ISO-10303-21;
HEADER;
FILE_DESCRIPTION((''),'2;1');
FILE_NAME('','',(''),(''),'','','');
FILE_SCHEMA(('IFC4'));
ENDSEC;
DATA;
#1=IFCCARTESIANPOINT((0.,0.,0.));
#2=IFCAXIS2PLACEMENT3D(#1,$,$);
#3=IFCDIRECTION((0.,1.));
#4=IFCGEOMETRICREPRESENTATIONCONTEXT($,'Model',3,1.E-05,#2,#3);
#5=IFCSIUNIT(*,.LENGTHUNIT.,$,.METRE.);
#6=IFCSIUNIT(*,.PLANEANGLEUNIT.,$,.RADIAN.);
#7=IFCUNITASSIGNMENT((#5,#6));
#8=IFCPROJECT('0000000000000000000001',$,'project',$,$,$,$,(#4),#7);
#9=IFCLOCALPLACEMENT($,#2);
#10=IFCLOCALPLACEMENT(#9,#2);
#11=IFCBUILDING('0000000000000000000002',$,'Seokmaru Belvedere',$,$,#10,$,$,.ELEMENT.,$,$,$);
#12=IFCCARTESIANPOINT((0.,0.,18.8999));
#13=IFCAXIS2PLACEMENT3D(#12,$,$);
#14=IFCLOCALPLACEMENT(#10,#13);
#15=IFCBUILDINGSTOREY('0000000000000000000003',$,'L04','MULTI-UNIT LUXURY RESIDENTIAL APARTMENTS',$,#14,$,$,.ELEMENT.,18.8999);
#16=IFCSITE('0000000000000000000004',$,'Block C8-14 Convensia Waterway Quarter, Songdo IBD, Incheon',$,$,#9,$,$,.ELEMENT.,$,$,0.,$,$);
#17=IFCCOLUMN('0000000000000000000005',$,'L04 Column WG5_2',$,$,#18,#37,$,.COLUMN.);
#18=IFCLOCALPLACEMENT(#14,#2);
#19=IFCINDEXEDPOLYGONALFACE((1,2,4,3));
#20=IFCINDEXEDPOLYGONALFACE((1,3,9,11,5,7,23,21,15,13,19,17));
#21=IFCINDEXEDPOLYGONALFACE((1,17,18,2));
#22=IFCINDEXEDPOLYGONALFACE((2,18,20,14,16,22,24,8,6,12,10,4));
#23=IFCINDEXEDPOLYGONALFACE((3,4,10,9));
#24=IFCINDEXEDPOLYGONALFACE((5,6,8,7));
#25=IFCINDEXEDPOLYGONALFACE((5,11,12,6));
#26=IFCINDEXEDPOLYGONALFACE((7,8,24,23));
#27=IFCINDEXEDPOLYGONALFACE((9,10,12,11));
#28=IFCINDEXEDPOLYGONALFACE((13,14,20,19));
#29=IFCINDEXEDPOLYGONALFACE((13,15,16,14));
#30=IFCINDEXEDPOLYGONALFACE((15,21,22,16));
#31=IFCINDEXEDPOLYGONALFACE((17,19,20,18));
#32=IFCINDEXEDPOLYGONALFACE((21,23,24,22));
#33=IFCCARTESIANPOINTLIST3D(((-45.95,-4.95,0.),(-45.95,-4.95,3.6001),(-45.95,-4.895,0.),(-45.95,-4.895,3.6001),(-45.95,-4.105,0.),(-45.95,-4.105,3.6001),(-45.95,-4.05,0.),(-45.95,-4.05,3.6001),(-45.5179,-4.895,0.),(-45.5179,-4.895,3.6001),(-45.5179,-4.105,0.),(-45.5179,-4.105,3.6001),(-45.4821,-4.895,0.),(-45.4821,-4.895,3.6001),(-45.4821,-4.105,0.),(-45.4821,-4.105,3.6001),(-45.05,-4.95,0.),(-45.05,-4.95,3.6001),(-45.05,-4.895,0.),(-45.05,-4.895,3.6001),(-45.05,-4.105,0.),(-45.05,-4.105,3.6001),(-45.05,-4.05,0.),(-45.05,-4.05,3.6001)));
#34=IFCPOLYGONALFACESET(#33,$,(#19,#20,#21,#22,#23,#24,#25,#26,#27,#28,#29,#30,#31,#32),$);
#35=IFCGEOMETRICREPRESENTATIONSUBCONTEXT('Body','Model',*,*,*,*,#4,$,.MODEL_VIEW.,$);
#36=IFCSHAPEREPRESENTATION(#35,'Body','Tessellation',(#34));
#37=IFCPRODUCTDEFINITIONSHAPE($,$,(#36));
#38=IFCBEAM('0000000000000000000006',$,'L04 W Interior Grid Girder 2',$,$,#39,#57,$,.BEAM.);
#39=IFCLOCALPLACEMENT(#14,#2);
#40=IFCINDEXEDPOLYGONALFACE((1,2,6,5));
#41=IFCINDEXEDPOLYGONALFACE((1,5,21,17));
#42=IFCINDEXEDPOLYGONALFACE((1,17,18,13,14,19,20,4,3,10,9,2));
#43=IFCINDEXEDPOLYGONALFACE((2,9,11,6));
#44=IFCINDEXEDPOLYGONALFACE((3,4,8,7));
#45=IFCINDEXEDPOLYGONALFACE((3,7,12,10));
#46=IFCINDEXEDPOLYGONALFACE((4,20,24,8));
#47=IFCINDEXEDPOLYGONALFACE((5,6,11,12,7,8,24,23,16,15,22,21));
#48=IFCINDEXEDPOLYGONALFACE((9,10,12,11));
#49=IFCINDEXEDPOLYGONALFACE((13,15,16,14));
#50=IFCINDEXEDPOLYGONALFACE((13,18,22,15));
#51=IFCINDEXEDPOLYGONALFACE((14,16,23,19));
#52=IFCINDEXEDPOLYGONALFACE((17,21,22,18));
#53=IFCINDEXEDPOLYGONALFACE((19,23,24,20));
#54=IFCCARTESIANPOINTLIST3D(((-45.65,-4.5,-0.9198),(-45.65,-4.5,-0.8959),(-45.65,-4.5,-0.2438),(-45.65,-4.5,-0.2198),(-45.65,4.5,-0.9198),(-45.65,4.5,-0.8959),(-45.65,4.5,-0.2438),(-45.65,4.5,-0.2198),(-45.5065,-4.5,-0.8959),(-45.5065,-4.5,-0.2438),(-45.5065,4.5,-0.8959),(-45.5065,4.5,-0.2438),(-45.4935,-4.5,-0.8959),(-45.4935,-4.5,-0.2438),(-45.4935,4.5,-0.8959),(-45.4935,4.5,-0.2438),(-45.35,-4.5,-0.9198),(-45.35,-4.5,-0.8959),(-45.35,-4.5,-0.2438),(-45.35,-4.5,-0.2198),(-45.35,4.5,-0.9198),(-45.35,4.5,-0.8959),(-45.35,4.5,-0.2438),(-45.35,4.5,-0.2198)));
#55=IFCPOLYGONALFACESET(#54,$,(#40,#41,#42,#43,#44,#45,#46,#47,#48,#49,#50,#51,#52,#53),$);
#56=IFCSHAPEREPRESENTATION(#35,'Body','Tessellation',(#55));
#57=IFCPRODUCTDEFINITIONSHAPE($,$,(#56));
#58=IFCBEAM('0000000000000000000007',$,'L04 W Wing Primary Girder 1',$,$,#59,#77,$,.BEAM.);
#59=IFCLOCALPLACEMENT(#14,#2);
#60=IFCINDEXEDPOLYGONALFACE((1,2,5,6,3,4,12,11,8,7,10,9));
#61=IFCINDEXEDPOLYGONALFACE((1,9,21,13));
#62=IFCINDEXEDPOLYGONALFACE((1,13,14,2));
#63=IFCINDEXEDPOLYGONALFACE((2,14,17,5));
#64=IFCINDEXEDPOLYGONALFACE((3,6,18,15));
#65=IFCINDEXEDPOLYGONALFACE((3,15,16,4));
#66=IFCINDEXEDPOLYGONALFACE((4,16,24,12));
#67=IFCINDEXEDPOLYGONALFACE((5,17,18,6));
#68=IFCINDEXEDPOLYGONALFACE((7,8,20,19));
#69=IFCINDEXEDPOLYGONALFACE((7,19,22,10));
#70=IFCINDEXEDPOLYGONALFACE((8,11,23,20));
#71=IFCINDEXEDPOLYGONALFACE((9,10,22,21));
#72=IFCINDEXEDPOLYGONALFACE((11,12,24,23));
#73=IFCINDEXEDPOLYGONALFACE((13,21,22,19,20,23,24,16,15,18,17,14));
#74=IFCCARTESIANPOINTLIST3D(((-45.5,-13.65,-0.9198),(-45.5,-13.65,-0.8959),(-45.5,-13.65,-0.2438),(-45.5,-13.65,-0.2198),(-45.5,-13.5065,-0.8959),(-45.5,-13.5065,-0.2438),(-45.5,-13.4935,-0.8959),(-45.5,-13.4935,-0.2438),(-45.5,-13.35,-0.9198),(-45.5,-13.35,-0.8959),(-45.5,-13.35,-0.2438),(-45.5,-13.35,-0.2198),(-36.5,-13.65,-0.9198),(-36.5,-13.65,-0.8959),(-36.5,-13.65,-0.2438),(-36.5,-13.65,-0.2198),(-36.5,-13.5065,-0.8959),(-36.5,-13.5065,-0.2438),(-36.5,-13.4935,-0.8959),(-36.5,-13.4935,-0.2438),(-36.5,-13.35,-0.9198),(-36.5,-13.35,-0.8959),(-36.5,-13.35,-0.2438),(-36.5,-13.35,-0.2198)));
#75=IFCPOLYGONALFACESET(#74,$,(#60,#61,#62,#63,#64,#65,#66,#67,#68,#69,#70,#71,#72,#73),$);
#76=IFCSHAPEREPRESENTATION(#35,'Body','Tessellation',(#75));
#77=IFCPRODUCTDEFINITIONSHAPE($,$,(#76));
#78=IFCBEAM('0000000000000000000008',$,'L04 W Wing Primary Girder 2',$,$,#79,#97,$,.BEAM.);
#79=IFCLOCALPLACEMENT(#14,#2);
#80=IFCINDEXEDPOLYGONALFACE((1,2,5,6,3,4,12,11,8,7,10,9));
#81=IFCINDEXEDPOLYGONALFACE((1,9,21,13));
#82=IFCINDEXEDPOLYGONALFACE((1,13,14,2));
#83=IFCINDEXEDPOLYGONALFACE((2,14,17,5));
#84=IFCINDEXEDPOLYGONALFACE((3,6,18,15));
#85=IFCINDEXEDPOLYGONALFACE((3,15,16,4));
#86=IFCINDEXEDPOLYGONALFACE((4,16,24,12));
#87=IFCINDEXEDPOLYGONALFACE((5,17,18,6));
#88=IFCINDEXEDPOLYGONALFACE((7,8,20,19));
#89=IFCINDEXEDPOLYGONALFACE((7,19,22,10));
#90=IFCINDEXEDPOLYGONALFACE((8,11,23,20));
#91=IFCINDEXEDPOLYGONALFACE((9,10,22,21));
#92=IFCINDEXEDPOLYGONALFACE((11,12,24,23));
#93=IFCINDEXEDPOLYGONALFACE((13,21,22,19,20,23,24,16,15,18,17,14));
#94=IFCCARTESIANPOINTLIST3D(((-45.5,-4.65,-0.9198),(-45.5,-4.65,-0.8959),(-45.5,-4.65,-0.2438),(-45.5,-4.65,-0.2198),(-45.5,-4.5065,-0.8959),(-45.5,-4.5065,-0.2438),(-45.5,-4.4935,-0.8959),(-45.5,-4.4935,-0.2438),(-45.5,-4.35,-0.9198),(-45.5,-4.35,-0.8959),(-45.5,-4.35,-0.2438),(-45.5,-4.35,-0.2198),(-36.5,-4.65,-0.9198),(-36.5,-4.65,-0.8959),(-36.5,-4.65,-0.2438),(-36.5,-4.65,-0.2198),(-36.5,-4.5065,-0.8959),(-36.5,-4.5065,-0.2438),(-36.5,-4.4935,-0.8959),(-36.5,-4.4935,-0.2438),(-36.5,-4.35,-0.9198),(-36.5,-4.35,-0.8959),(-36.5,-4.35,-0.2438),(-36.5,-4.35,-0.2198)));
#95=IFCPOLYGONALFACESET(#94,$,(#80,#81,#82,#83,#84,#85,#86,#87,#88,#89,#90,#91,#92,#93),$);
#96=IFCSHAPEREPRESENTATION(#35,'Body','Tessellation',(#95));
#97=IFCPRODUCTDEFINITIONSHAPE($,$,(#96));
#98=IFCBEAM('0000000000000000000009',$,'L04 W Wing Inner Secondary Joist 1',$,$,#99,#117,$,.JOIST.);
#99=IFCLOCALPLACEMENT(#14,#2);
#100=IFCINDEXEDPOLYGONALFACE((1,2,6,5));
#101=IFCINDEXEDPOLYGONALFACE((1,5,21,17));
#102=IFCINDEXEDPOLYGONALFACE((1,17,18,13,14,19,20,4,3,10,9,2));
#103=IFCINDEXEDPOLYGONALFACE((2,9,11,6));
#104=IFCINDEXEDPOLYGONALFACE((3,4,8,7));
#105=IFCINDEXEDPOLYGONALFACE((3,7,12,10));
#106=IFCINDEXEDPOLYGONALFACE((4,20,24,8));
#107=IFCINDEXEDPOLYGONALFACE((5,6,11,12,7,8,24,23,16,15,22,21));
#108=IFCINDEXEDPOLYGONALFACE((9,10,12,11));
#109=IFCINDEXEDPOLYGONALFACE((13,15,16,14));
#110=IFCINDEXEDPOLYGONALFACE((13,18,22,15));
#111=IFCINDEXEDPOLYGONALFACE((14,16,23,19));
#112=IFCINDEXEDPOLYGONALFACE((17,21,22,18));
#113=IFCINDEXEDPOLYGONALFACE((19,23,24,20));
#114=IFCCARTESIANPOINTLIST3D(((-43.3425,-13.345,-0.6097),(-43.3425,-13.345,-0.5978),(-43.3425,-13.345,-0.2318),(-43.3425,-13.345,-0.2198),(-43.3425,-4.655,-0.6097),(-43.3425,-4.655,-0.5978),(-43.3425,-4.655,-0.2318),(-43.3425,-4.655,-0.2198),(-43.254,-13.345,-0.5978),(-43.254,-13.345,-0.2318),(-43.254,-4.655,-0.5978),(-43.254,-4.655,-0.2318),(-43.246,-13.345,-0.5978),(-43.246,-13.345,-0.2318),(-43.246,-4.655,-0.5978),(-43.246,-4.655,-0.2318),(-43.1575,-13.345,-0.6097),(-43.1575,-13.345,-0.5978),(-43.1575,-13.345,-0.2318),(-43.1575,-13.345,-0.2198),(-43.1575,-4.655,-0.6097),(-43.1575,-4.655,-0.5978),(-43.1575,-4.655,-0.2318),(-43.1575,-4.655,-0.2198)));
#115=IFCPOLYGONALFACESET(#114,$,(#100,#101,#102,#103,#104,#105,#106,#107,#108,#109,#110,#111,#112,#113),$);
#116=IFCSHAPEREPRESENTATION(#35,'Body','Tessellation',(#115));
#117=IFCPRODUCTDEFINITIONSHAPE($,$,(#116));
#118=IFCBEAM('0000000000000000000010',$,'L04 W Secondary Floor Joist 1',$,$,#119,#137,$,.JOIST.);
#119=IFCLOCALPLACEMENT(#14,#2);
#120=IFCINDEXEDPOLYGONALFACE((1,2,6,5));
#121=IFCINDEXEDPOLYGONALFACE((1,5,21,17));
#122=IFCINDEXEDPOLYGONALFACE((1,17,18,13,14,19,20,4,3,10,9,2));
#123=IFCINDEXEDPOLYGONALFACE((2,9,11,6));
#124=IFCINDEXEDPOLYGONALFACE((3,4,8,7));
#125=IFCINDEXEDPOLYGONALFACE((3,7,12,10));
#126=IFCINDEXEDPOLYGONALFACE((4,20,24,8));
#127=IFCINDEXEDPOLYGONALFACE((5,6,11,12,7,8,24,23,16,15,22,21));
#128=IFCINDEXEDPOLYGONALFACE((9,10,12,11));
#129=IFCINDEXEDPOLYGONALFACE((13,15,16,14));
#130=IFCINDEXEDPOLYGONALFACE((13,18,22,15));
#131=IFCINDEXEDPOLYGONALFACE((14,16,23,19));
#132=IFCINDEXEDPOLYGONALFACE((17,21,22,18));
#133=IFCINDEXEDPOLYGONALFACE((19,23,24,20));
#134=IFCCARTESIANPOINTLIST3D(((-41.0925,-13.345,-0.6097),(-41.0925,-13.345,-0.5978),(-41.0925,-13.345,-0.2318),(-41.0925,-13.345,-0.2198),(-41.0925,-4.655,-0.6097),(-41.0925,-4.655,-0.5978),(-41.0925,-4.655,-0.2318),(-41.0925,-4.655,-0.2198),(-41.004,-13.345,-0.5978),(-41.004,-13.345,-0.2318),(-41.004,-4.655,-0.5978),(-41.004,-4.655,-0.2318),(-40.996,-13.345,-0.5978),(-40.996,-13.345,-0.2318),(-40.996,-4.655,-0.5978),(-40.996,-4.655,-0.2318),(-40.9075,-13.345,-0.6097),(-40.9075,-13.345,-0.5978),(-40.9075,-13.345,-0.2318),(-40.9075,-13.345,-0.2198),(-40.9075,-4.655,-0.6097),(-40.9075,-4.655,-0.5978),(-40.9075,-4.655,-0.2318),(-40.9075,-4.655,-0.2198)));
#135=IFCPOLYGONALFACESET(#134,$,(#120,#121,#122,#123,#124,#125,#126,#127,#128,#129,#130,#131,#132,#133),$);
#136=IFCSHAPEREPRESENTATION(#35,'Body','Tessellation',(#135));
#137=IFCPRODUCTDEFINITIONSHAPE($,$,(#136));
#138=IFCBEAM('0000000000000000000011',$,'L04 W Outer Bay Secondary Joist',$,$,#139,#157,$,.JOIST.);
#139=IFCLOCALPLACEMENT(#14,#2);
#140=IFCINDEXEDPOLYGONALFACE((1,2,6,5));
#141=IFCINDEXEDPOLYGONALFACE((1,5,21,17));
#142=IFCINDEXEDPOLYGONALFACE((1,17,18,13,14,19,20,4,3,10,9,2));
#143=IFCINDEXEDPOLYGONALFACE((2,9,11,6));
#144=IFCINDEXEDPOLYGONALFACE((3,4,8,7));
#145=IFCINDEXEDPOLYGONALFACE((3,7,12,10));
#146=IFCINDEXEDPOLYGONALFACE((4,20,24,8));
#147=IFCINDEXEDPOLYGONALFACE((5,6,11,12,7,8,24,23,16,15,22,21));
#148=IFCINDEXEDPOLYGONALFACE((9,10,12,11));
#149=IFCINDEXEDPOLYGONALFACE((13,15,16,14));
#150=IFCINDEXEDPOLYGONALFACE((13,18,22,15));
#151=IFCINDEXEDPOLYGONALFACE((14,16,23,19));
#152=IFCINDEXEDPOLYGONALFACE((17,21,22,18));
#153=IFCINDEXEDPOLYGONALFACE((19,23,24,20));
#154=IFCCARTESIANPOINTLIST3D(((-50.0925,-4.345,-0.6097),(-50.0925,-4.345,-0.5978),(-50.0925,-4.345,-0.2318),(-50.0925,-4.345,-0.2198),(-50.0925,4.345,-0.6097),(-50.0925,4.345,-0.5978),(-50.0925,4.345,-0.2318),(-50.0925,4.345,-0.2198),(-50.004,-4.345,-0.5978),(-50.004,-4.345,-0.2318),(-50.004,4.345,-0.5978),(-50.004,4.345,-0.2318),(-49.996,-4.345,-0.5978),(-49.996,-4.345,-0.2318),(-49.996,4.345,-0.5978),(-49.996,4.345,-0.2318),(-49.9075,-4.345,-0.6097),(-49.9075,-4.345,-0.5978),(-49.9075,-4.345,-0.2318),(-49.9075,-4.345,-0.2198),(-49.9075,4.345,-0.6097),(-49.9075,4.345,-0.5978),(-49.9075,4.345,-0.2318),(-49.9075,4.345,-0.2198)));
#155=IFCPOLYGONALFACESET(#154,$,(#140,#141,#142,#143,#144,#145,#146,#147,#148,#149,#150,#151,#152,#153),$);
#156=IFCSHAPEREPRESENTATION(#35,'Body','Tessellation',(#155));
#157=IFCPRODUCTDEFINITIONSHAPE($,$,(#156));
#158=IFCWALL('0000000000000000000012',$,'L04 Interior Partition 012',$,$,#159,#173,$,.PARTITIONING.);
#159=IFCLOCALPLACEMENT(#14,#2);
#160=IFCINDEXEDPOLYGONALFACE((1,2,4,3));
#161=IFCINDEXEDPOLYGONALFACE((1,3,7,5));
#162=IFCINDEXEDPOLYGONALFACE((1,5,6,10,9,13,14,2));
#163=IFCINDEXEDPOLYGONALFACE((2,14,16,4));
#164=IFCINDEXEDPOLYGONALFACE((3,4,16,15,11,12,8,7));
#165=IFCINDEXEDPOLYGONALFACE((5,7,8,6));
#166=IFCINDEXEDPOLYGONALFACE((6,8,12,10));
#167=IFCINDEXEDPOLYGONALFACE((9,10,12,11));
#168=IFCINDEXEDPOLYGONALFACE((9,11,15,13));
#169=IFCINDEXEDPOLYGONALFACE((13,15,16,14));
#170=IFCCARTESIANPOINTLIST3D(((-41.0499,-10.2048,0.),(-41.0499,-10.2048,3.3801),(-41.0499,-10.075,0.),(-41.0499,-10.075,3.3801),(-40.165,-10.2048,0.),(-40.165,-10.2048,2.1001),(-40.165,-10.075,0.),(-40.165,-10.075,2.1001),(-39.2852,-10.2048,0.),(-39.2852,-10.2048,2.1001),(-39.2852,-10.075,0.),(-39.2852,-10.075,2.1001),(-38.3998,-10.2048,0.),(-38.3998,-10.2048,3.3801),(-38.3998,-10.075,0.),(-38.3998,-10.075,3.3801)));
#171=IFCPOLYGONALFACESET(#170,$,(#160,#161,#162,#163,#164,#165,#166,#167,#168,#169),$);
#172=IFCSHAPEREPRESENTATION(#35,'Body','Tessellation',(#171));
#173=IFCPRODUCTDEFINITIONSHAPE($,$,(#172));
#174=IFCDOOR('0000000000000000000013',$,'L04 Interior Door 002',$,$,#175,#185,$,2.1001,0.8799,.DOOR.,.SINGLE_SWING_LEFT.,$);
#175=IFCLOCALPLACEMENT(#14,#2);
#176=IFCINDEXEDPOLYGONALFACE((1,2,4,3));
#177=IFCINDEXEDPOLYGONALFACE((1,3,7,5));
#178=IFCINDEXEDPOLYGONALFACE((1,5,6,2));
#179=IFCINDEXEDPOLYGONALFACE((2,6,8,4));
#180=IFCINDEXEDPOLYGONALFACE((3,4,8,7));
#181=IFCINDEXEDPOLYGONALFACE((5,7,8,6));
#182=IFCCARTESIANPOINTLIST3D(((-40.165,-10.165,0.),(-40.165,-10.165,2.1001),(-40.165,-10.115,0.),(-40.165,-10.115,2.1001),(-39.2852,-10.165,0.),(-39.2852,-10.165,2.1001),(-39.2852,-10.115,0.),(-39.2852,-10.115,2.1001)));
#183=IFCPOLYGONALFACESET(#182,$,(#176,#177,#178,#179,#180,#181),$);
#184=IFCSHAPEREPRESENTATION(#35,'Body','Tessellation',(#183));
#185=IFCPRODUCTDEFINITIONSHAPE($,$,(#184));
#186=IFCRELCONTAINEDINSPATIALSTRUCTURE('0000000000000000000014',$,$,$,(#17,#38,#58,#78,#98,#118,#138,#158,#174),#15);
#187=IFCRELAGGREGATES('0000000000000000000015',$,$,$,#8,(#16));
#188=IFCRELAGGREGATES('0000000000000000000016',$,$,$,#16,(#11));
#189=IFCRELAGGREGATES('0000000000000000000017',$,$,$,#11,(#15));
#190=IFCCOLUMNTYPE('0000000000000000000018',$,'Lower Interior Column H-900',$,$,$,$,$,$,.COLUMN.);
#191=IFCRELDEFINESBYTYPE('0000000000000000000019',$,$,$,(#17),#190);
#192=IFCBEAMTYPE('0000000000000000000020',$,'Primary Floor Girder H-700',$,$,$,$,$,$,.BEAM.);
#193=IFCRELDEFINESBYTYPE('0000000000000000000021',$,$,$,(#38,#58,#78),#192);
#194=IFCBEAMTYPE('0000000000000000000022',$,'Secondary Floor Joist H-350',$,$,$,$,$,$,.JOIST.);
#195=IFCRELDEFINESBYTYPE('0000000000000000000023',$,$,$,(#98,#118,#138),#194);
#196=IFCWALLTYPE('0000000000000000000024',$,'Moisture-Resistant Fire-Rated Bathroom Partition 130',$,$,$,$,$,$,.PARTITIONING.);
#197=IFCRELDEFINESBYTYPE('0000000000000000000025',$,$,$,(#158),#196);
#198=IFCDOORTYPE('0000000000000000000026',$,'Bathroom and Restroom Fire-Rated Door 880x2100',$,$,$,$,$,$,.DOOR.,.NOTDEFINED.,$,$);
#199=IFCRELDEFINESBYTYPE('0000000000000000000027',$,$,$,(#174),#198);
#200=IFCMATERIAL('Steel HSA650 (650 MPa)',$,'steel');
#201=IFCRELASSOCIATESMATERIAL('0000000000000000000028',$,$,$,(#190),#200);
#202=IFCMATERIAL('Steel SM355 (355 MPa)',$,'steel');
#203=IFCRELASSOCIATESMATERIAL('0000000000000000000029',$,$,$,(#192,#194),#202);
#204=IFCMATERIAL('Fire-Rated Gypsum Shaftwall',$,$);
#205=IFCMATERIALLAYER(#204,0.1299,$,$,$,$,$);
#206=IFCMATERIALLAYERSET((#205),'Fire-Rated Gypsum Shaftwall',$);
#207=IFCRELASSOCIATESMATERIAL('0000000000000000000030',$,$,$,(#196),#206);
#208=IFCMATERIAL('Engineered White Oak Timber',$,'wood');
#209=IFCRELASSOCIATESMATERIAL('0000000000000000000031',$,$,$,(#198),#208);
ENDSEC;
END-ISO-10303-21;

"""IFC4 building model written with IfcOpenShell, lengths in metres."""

from ifc_helpers import new_model, si_unit, direction, frame, frame_2d, origin, origin_2d, place, context, subcontext, project, spatial, rectangle, i_section, extrude, source, transform, mapped, material, layer, layer_set, material_profile, profile_set, type_object, type_shapes, element, fill, save


model = new_model("IFC4")

# Units and contexts
model_context = context("Model", 3, precision=1e-05, world=origin(), true_north=direction((0.0, 1.0)))
body_context = subcontext(model_context, "Body", "Model", "MODEL_VIEW")
ifc_project = project(units=[si_unit("LENGTHUNIT", "METRE"), si_unit("PLANEANGLEUNIT", "RADIAN")], contexts=[model_context])

# Site, building, storey
site_placement = place(None, origin())
site = spatial("IfcSite", under=ifc_project, at=site_placement, Name="Block C8-14 Convensia Waterway Quarter, Songdo IBD, Incheon", CompositionType="ELEMENT", RefElevation=0.0)
building_placement = place(site_placement, origin())
building = spatial("IfcBuilding", under=site, at=building_placement, Name="Seokmaru Belvedere", CompositionType="ELEMENT")
storey_placement = place(building_placement, frame((0.0, 0.0, 18.8999)))
storey = spatial("IfcBuildingStorey", under=building, at=storey_placement, Name="L04", Description="MULTI-UNIT LUXURY RESIDENTIAL APARTMENTS", CompositionType="ELEMENT", Elevation=18.8999)

# Column
ifc_material_1 = material(Name="Steel HSA650 (650 MPa)", Category="steel")
ifc_material_profile_1 = material_profile(ifc_material_1, i_section(OverallWidth=0.8999, OverallDepth=0.8999, WebThickness=0.0359, FlangeThickness=0.0549, at=origin_2d()), Name="H-900x900x36x55")
ifc_profile_set_1 = profile_set([ifc_material_profile_1], Name="Steel HSA650 (650 MPa)")
column_type = type_object("IfcColumnType", Name="Lower Interior Column H-900", PredefinedType="COLUMN", material=ifc_profile_set_1)
shared_shape_1 = source(origin(), body_context, "Body", "SweptSolid", [
    extrude(i_section(OverallWidth=0.8999, OverallDepth=0.8999, WebThickness=0.0359, FlangeThickness=0.0549, at=origin_2d()), origin(), (0.0, 0.0, 1.0), 3.6001),
])
type_shapes(column_type, [shared_shape_1])
column_placement = place(storey_placement, frame((-45.5, -4.5, 0.0), z_axis=(0.0, 0.0, 1.0), x_axis=(1.0, 0.0, 0.0)))
element("IfcColumn", 1, at=column_placement, inside=storey, type_object=column_type, Name="L04 Column WG5_2", PredefinedType="COLUMN", context=body_context, shape_type="MappedRepresentation", body=[
    mapped(shared_shape_1, transform((0.0, 0.0, 0.0), scale=1.0)),
])

# Beams
ifc_material_2 = material(Name="Steel SM355 (355 MPa)", Category="steel")
ifc_material_profile_2 = material_profile(ifc_material_2, i_section(OverallWidth=0.3, OverallDepth=0.7, WebThickness=0.0129, FlangeThickness=0.0239, at=origin_2d()), Name="H-700x300x13x24")
ifc_profile_set_2 = profile_set([ifc_material_profile_2], Name="Steel SM355 (355 MPa)")
beam_type_1 = type_object("IfcBeamType", Name="Primary Floor Girder H-700", PredefinedType="BEAM", material=ifc_profile_set_2)
shared_shape_2 = source(origin(), body_context, "Body", "SweptSolid", [
    extrude(i_section(OverallWidth=0.3, OverallDepth=0.7, WebThickness=0.0129, FlangeThickness=0.0239, at=origin_2d()), origin(), (0.0, 0.0, 1.0), 9.0),
])
type_shapes(beam_type_1, [shared_shape_2])
for number, where, z_axis, x_axis, name in (
    (2, (-45.5, -4.5, -0.5698), (0.0, 1.0, 0.0), (-1.0, 0.0, 0.0), "L04 W Interior Grid Girder 2"),
    (3, (-45.5, -13.5, -0.5698), (1.0, 0.0, 0.0), (0.0, 1.0, 0.0), "L04 W Wing Primary Girder 1"),
    (4, (-45.5, -4.5, -0.5698), (1.0, 0.0, 0.0), (0.0, 1.0, 0.0), "L04 W Wing Primary Girder 2"),
):
    element("IfcBeam", number, at=place(storey_placement, frame(where, z_axis=z_axis, x_axis=x_axis)), inside=storey, type_object=beam_type_1, Name=name, PredefinedType="BEAM", context=body_context, shape_type="MappedRepresentation", body=[
        mapped(shared_shape_2, transform((0.0, 0.0, 0.0), scale=1.0)),
    ])
ifc_material_profile_3 = material_profile(ifc_material_2, i_section(OverallWidth=0.1851, OverallDepth=0.3899, WebThickness=0.0081, FlangeThickness=0.012, at=origin_2d()), Name="H-390x185x8x12")
ifc_profile_set_3 = profile_set([ifc_material_profile_3], Name="Steel SM355 (355 MPa)")
beam_type_2 = type_object("IfcBeamType", Name="Secondary Floor Joist H-350", PredefinedType="JOIST", material=ifc_profile_set_3)
shared_shape_3 = source(origin(), body_context, "Body", "SweptSolid", [
    extrude(i_section(OverallWidth=0.1851, OverallDepth=0.3899, WebThickness=0.0081, FlangeThickness=0.012, at=origin_2d()), origin(), (0.0, 0.0, 1.0), 8.6899),
])
type_shapes(beam_type_2, [shared_shape_3])
for number, where, z_axis, x_axis, name in (
    (5, (-43.25, -13.345, -0.4148), (0.0, 1.0, 0.0), (-1.0, 0.0, 0.0), "L04 W Wing Inner Secondary Joist 1"),
    (6, (-41.0, -13.345, -0.4148), (0.0, 1.0, 0.0), (-1.0, 0.0, 0.0), "L04 W Secondary Floor Joist 1"),
    (7, (-50.0, -4.345, -0.4148), (0.0, 1.0, 0.0), (-1.0, 0.0, 0.0), "L04 W Outer Bay Secondary Joist"),
):
    element("IfcBeam", number, at=place(storey_placement, frame(where, z_axis=z_axis, x_axis=x_axis)), inside=storey, type_object=beam_type_2, Name=name, PredefinedType="JOIST", context=body_context, shape_type="MappedRepresentation", body=[
        mapped(shared_shape_3, transform((0.0, 0.0, 0.0), scale=1.0)),
    ])

# Shared definitions
ifc_material_3 = material(Name="Fire-Rated Gypsum Shaftwall")

# Wall, opening, door
ifc_layer_1 = layer(ifc_material_3, 0.1299)
ifc_layer_set_1 = layer_set([ifc_layer_1], Name="Fire-Rated Gypsum Shaftwall")
wall_type_1 = type_object("IfcWallType", Name="Moisture-Resistant Fire-Rated Bathroom Partition 130", PredefinedType="PARTITIONING", material=ifc_layer_set_1)
wall_1_placement = place(storey_placement, frame((-41.05, -10.1399, 0.0), z_axis=(0.0, 0.0, 1.0), x_axis=(1.0, 0.0, 0.0)))
wall_1 = element("IfcWall", 8, at=wall_1_placement, inside=storey, type_object=wall_type_1, Name="L04 Interior Partition 012", PredefinedType="PARTITIONING", context=body_context, shape_type="SweptSolid", body=[
    extrude(rectangle(XDim=2.6501, YDim=0.1299, at=frame_2d((1.3252, 0.0))), origin(), (0.0, 0.0, 1.0), 3.3801),
])
opening_1_placement = place(wall_1_placement, frame((0.885, 0.0, 0.0)))
opening_1 = element("IfcOpeningElement", 9, at=opening_1_placement, cuts=wall_1, PredefinedType="OPENING", context=body_context, shape_type="SweptSolid", body=[
    extrude(rectangle(XDim=0.8799, YDim=2.1001, at=frame_2d((0.4399, 1.05))), frame((0.0, 0.075, 0.0), z_axis=(0.0, -1.0, 0.0), x_axis=(1.0, 0.0, 0.0)), (0.0, 0.0, 1.0), 0.1499),
])
ifc_material_4 = material(Name="Engineered White Oak Timber", Category="wood")
door_type_1 = type_object("IfcDoorType", Name="Bathroom and Restroom Fire-Rated Door 880x2100", OperationType="NOTDEFINED", PredefinedType="DOOR", material=ifc_material_4)
shared_shape_4 = source(origin(), body_context, "Body", "SweptSolid", [
    extrude(rectangle(XDim=0.8799, YDim=2.1001, at=frame_2d((0.4399, 1.05))), frame((0.0, 0.0249, 0.0), z_axis=(0.0, -1.0, 0.0), x_axis=(1.0, 0.0, 0.0)), (0.0, 0.0, 1.0), 0.05),
])
type_shapes(door_type_1, [shared_shape_4])
door_1_placement = place(opening_1_placement, origin())
door_1 = element("IfcDoor", 10, at=door_1_placement, inside=storey, type_object=door_type_1, Name="L04 Interior Door 002", OperationType="SINGLE_SWING_LEFT", OverallHeight=2.1001, OverallWidth=0.8799, PredefinedType="DOOR", context=body_context, shape_type="MappedRepresentation", body=[
    mapped(shared_shape_4, transform((0.0, 0.0, 0.0), scale=1.0)),
])
fill(opening_1, door_1)

save(model, "model.ifc")
